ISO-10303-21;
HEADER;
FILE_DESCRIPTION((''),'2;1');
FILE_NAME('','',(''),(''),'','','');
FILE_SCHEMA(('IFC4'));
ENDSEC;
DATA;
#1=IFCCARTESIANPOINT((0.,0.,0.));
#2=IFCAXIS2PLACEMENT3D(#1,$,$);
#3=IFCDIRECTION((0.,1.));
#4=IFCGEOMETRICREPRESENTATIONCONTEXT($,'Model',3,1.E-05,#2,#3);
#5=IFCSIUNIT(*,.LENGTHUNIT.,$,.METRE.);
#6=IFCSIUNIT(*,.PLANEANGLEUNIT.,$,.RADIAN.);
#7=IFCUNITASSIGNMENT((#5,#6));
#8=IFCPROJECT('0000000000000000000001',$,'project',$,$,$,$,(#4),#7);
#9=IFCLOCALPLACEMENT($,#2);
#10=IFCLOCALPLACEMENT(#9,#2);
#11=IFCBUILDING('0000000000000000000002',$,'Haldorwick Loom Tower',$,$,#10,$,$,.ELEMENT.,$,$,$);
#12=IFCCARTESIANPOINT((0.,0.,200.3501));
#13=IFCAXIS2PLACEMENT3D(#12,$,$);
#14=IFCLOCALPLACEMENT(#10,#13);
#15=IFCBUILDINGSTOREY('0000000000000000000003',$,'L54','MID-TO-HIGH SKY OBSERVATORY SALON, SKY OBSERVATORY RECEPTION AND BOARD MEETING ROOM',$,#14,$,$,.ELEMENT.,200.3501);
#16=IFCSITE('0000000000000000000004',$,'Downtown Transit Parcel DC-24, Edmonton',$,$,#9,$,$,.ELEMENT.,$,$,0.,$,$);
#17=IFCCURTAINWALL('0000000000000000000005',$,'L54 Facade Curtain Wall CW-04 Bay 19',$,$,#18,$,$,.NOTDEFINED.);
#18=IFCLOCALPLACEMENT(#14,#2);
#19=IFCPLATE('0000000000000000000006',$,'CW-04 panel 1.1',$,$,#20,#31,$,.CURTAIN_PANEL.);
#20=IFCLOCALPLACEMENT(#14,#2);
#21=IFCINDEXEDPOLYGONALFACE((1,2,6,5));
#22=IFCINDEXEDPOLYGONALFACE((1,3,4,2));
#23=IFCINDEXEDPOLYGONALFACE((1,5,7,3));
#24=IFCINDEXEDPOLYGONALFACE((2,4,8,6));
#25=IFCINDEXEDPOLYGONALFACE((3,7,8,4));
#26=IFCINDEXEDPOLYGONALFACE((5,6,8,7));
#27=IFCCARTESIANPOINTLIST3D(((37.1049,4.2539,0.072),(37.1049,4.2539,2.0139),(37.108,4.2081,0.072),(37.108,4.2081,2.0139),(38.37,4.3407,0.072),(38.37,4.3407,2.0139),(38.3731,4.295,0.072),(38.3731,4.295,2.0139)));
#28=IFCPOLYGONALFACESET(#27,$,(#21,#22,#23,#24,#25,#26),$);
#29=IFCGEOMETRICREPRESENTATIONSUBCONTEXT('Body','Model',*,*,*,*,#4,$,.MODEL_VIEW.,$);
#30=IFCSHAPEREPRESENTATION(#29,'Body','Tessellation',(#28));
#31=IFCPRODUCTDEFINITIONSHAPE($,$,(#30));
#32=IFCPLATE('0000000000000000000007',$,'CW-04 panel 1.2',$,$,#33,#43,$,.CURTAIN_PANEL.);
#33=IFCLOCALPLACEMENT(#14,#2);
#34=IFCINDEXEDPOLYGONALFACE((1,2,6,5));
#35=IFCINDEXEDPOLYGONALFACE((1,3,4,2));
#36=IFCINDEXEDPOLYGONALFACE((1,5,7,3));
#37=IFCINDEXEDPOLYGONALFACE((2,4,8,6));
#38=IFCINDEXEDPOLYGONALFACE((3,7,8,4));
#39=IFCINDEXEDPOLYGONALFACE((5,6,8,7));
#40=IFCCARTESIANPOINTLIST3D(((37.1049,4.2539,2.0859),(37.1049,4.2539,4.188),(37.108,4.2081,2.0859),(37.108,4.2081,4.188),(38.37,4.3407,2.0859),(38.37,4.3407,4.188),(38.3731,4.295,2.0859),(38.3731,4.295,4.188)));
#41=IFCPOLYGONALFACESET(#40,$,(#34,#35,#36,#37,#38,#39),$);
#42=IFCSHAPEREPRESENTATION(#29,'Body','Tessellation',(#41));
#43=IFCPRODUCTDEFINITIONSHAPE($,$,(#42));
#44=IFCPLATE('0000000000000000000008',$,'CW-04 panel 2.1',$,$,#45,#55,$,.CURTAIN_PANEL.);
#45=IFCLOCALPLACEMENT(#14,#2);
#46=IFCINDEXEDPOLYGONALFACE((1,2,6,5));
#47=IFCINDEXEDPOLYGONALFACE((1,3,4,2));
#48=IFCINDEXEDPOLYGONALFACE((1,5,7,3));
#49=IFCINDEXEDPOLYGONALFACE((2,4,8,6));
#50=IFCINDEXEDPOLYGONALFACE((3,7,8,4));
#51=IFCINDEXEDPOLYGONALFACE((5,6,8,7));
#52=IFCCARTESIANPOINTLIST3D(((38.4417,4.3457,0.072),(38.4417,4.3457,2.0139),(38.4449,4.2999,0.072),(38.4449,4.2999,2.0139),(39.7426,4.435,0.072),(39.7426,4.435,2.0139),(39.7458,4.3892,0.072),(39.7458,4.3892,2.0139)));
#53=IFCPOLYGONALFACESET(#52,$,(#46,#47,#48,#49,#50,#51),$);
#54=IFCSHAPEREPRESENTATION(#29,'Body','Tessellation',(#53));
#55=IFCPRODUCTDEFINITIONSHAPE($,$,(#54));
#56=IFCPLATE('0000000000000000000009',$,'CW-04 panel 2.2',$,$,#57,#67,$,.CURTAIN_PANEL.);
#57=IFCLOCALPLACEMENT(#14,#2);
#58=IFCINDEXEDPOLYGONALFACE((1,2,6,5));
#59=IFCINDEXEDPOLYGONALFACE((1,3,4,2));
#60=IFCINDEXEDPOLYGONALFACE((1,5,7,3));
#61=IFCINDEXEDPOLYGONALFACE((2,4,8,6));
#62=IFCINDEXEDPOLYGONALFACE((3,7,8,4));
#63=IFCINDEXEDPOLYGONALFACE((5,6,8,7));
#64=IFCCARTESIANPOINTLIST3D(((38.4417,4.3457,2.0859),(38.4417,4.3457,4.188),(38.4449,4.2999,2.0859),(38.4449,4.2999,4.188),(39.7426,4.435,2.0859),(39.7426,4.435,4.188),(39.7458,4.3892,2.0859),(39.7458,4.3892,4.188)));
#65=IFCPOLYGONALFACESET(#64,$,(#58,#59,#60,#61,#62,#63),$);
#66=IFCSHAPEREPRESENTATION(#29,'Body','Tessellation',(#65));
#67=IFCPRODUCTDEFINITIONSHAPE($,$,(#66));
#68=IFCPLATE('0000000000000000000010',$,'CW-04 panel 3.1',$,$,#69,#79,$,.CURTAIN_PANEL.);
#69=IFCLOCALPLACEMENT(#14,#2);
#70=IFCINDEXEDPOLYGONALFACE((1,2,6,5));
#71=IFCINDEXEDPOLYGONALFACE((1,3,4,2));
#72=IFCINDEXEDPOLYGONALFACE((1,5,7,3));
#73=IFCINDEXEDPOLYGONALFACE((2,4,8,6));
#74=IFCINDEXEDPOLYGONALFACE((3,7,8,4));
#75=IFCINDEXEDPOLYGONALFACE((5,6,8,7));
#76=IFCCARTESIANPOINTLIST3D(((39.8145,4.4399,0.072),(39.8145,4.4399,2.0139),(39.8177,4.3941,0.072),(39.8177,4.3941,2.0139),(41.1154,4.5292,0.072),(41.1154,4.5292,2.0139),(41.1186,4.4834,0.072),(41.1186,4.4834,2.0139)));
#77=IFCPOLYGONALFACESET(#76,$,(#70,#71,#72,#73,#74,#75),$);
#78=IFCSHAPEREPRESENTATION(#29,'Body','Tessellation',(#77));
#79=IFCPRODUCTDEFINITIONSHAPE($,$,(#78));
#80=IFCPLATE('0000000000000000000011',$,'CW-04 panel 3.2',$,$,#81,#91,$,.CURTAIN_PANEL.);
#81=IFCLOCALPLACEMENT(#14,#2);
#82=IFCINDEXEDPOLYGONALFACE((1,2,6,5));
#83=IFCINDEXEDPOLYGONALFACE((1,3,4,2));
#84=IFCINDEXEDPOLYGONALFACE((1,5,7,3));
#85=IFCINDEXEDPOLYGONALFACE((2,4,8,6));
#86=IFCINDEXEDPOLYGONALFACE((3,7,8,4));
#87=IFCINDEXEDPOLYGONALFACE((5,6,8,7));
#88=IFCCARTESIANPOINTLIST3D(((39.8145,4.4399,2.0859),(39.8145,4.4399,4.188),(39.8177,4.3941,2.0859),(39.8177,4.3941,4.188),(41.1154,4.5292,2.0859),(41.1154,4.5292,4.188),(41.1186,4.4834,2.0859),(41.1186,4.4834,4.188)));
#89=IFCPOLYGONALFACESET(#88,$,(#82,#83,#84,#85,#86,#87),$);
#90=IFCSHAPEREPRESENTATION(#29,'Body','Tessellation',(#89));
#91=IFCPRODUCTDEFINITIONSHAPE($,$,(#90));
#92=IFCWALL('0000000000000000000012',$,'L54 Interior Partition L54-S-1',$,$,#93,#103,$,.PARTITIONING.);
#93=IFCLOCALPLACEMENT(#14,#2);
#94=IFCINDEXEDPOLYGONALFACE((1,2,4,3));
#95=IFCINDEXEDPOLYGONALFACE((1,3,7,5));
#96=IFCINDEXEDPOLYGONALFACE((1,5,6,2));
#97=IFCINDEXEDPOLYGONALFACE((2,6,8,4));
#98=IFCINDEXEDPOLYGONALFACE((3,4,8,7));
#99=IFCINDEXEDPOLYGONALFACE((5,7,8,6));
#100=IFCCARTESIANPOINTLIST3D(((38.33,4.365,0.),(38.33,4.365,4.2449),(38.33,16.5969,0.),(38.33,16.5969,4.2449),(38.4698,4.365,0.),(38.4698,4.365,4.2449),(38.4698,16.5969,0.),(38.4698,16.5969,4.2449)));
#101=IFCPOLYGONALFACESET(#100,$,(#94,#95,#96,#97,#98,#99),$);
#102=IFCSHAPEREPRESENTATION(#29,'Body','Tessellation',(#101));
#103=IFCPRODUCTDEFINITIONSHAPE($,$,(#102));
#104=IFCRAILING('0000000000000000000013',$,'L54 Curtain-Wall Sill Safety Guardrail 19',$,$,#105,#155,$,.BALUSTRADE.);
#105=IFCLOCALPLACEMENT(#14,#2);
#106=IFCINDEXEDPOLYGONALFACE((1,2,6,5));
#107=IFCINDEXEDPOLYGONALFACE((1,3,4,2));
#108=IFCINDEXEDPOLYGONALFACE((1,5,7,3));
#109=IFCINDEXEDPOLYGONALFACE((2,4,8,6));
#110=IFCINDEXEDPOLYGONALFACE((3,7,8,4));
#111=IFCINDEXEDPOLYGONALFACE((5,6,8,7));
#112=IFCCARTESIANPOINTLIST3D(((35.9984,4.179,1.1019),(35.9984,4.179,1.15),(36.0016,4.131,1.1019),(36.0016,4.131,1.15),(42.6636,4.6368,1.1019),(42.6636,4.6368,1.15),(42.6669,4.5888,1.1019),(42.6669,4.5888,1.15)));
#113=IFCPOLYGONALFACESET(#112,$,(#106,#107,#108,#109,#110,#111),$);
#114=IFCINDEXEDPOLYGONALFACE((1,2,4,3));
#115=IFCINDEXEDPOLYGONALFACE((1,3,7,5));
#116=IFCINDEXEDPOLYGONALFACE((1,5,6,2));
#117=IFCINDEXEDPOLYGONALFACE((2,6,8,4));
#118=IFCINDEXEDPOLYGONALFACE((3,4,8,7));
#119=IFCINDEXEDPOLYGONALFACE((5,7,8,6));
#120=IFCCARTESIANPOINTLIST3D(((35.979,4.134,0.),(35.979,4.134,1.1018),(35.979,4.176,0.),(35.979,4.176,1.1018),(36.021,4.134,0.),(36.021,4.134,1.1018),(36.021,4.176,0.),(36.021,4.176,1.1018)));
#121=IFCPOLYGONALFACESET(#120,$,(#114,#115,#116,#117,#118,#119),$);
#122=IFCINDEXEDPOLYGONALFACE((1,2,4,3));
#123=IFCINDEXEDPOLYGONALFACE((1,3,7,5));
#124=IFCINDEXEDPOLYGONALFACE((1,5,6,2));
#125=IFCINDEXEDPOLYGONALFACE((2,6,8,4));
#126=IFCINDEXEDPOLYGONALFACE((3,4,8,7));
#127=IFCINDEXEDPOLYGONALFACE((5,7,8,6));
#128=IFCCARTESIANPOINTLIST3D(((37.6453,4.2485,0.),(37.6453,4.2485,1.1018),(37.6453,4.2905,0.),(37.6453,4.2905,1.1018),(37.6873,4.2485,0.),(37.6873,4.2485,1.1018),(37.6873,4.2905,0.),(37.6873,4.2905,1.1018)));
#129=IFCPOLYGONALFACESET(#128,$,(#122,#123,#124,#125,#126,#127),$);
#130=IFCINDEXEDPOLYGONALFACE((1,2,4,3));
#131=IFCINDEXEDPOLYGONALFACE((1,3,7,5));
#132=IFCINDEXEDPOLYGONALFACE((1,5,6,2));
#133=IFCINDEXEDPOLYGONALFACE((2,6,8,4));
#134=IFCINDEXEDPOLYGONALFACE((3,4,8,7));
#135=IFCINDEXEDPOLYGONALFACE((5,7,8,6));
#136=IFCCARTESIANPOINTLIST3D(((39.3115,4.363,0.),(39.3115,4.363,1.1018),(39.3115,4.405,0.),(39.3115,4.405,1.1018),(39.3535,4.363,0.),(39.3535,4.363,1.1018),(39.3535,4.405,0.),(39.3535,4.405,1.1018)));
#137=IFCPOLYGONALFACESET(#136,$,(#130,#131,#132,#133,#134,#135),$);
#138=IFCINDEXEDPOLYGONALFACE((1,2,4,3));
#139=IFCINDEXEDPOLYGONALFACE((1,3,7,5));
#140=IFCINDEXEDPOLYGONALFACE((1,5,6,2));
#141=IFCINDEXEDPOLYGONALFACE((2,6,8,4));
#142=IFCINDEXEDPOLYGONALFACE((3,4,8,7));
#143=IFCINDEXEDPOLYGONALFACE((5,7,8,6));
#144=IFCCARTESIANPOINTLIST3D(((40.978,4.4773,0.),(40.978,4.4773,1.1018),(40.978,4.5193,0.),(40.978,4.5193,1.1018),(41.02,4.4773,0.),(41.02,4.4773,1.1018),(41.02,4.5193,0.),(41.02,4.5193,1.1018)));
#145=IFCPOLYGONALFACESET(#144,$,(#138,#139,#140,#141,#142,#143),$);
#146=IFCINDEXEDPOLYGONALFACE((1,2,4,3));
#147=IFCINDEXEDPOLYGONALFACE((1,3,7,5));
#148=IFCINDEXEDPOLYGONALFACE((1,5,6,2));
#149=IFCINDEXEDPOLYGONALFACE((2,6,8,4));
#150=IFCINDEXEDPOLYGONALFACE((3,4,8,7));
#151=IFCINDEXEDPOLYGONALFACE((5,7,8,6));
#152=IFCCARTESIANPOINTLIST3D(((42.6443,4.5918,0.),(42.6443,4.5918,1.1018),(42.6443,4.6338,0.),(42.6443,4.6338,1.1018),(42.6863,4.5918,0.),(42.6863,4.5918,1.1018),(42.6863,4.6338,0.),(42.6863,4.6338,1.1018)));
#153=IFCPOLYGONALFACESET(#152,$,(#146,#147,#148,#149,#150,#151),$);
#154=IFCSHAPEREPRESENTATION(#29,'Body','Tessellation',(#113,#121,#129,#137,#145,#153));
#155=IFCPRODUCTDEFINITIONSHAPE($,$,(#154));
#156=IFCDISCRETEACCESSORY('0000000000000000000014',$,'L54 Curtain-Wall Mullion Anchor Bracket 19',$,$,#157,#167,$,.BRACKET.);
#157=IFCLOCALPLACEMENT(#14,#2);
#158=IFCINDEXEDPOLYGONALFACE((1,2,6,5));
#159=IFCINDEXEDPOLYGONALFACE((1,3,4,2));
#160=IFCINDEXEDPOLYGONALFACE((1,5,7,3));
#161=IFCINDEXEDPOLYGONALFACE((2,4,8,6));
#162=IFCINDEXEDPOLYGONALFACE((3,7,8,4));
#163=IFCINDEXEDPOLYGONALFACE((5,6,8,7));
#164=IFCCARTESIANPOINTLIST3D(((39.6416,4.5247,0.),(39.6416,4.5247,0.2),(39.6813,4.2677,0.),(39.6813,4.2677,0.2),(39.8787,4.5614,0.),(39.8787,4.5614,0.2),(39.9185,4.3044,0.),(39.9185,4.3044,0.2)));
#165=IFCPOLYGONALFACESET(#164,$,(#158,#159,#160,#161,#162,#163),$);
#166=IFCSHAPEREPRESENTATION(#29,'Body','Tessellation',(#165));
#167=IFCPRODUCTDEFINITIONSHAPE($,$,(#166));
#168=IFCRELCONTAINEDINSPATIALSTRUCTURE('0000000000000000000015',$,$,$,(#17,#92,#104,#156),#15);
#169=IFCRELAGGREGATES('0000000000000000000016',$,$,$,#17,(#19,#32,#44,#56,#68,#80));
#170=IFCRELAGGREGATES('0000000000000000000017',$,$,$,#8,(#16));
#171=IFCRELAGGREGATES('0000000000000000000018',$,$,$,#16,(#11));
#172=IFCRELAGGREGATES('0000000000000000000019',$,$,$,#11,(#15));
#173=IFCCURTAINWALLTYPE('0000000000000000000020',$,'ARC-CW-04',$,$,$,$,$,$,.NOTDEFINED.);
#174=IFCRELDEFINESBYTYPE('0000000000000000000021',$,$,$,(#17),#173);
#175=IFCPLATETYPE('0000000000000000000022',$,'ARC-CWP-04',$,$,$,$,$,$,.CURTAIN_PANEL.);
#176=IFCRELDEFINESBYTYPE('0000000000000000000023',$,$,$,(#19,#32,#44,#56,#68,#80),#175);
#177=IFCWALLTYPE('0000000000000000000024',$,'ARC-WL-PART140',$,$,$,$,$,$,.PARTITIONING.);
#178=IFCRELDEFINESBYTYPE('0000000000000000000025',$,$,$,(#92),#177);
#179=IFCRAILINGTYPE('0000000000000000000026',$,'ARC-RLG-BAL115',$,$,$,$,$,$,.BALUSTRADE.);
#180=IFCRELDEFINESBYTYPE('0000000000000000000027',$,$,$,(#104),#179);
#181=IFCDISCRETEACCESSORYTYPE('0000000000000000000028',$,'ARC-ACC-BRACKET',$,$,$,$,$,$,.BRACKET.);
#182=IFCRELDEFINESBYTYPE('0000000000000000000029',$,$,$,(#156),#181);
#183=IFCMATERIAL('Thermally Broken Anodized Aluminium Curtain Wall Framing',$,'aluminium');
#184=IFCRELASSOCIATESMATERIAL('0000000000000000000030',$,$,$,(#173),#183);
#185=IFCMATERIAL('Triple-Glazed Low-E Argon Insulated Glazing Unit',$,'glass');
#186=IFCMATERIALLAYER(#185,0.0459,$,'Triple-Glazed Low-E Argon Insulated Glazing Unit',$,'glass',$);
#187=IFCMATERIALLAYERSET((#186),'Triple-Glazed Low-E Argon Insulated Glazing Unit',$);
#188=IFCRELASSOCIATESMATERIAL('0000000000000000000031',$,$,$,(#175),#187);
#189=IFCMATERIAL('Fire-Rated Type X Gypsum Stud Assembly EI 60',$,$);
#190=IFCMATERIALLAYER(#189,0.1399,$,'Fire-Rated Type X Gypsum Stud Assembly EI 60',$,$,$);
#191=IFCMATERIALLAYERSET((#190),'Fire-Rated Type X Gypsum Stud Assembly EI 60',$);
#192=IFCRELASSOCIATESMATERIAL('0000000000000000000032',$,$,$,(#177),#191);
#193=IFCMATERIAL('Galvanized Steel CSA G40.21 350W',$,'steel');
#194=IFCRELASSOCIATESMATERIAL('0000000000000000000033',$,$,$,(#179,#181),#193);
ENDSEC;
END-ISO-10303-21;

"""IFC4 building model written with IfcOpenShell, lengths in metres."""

from ifc_helpers import new_model, si_unit, direction, frame, frame_2d, origin, origin_2d, place, context, subcontext, project, spatial, rectangle, extrude, material, layer, layer_set, type_object, element, aggregate, save


model = new_model("IFC4")

# Units and contexts
model_context = context("Model", 3, precision=1e-05, world=origin(), true_north=direction((0.0, 1.0)))
body_context = subcontext(model_context, "Body", "Model", "MODEL_VIEW")
ifc_project = project(units=[si_unit("LENGTHUNIT", "METRE"), si_unit("PLANEANGLEUNIT", "RADIAN")], contexts=[model_context])

# Site, building, storey
site_placement = place(None, origin())
site = spatial("IfcSite", under=ifc_project, at=site_placement, Name="Downtown Transit Parcel DC-24, Edmonton", CompositionType="ELEMENT", RefElevation=0.0)
building_placement = place(site_placement, origin())
building = spatial("IfcBuilding", under=site, at=building_placement, Name="Haldorwick Loom Tower", CompositionType="ELEMENT")
storey_placement = place(building_placement, frame((0.0, 0.0, 200.3501)))
storey = spatial("IfcBuildingStorey", under=building, at=storey_placement, Name="L54", Description="MID-TO-HIGH SKY OBSERVATORY SALON, SKY OBSERVATORY RECEPTION AND BOARD MEETING ROOM", CompositionType="ELEMENT", Elevation=200.3501)

# Shared definitions
ifc_material_1 = material(Name="Thermally Broken Anodized Aluminium Curtain Wall Framing", Category="aluminium")

# Curtain wall
curtain_wall_type_1 = type_object("IfcCurtainWallType", Name="ARC-CW-04", PredefinedType="NOTDEFINED", material=ifc_material_1)
curtain_wall_1_placement = place(storey_placement, origin())
curtain_wall_1 = element("IfcCurtainWall", 1, at=curtain_wall_1_placement, inside=storey, type_object=curtain_wall_type_1, Name="L54 Facade Curtain Wall CW-04 Bay 19", PredefinedType="NOTDEFINED")

# Plates
ifc_material_2 = material(Name="Triple-Glazed Low-E Argon Insulated Glazing Unit", Category="glass")
ifc_layer_1 = layer(ifc_material_2, 0.0459, Name="Triple-Glazed Low-E Argon Insulated Glazing Unit", Category="glass")
ifc_layer_set_1 = layer_set([ifc_layer_1], Name="Triple-Glazed Low-E Argon Insulated Glazing Unit")
plate_type_1 = type_object("IfcPlateType", Name="ARC-CWP-04", PredefinedType="CURTAIN_PANEL", material=ifc_layer_set_1)
plate_1_placement = place(storey_placement, frame((37.739, 4.2744, 0.072), z_axis=(0.0, 0.0, 1.0), x_axis=(0.99765, 0.068513, 0.0)))
plate_1 = element("IfcPlate", 2, at=plate_1_placement, type_object=plate_type_1, Name="CW-04 panel 1.1", PredefinedType="CURTAIN_PANEL", context=body_context, shape_type="SweptSolid", body=[
    extrude(rectangle(XDim=1.2681, YDim=0.0459, at=origin_2d()), origin(), (0.0, 0.0, 1.0), 1.9419),
])
plate_2_placement = place(storey_placement, frame((37.739, 4.2744, 2.0859), z_axis=(0.0, 0.0, 1.0), x_axis=(0.99765, 0.068513, 0.0)))
plate_2 = element("IfcPlate", 3, at=plate_2_placement, type_object=plate_type_1, Name="CW-04 panel 1.2", PredefinedType="CURTAIN_PANEL", context=body_context, shape_type="SweptSolid", body=[
    extrude(rectangle(XDim=1.2681, YDim=0.0459, at=origin_2d()), origin(), (0.0, 0.0, 1.0), 2.1021),
])
plate_3_placement = place(storey_placement, frame((39.0938, 4.3674, 0.072), z_axis=(0.0, 0.0, 1.0), x_axis=(0.99765, 0.068513, 0.0)))
plate_3 = element("IfcPlate", 4, at=plate_3_placement, type_object=plate_type_1, Name="CW-04 panel 2.1", PredefinedType="CURTAIN_PANEL", context=body_context, shape_type="SweptSolid", body=[
    extrude(rectangle(XDim=1.304, YDim=0.0459, at=origin_2d()), origin(), (0.0, 0.0, 1.0), 1.9419),
])
plate_4_placement = place(storey_placement, frame((39.0938, 4.3674, 2.0859), z_axis=(0.0, 0.0, 1.0), x_axis=(0.99765, 0.068513, 0.0)))
plate_4 = element("IfcPlate", 5, at=plate_4_placement, type_object=plate_type_1, Name="CW-04 panel 2.2", PredefinedType="CURTAIN_PANEL", context=body_context, shape_type="SweptSolid", body=[
    extrude(rectangle(XDim=1.304, YDim=0.0459, at=origin_2d()), origin(), (0.0, 0.0, 1.0), 2.1021),
])
plate_5_placement = place(storey_placement, frame((40.4666, 4.4617, 0.072), z_axis=(0.0, 0.0, 1.0), x_axis=(0.99765, 0.068513, 0.0)))
plate_5 = element("IfcPlate", 6, at=plate_5_placement, type_object=plate_type_1, Name="CW-04 panel 3.1", PredefinedType="CURTAIN_PANEL", context=body_context, shape_type="SweptSolid", body=[
    extrude(rectangle(XDim=1.304, YDim=0.0459, at=origin_2d()), origin(), (0.0, 0.0, 1.0), 1.9419),
])
plate_6_placement = place(storey_placement, frame((40.4666, 4.4617, 2.0859), z_axis=(0.0, 0.0, 1.0), x_axis=(0.99765, 0.068513, 0.0)))
plate_6 = element("IfcPlate", 7, at=plate_6_placement, type_object=plate_type_1, Name="CW-04 panel 3.2", PredefinedType="CURTAIN_PANEL", context=body_context, shape_type="SweptSolid", body=[
    extrude(rectangle(XDim=1.304, YDim=0.0459, at=origin_2d()), origin(), (0.0, 0.0, 1.0), 2.1021),
])
aggregate(curtain_wall_1, [plate_1, plate_2, plate_3, plate_4, plate_5, plate_6])

# Wall
ifc_material_3 = material(Name="Fire-Rated Type X Gypsum Stud Assembly EI 60")
ifc_layer_2 = layer(ifc_material_3, 0.1399, Name="Fire-Rated Type X Gypsum Stud Assembly EI 60")
ifc_layer_set_2 = layer_set([ifc_layer_2], Name="Fire-Rated Type X Gypsum Stud Assembly EI 60")
wall_type = type_object("IfcWallType", Name="ARC-WL-PART140", PredefinedType="PARTITIONING", material=ifc_layer_set_2)
wall_placement = place(storey_placement, frame((38.3999, 4.365, 0.0), z_axis=(0.0, 0.0, 1.0), x_axis=(0.0, 1.0, 0.0)))
element("IfcWall", 8, at=wall_placement, inside=storey, type_object=wall_type, Name="L54 Interior Partition L54-S-1", PredefinedType="PARTITIONING", context=body_context, shape_type="SweptSolid", body=[
    extrude(rectangle(XDim=12.2319, YDim=0.1399, at=frame_2d((6.116, 0.0))), origin(), (0.0, 0.0, 1.0), 4.2449),
])

# Railing
ifc_material_4 = material(Name="Galvanized Steel CSA G40.21 350W", Category="steel")
railing_type = type_object("IfcRailingType", Name="ARC-RLG-BAL115", PredefinedType="BALUSTRADE", material=ifc_material_4)
railing_placement = place(storey_placement, frame((36.0, 4.155, 0.0)))
element("IfcRailing", 9, at=railing_placement, inside=storey, type_object=railing_type, Name="L54 Curtain-Wall Sill Safety Guardrail 19", PredefinedType="BALUSTRADE", context=body_context, shape_type="SweptSolid", body=[
    extrude(rectangle(XDim=0.0481, YDim=0.0481, at=origin_2d()), frame((0.0, 0.0, 1.126), z_axis=(0.99765, 0.068517, 0.0), x_axis=(-0.068517, 0.99765, 0.0)), (0.0, 0.0, 1.0), 6.6809),
    extrude(rectangle(XDim=0.042, YDim=0.042, at=origin_2d()), origin(), (0.0, 0.0, 1.0), 1.1018),
    extrude(rectangle(XDim=0.042, YDim=0.042, at=origin_2d()), frame((1.6663, 0.1145, 0.0)), (0.0, 0.0, 1.0), 1.1018),
    extrude(rectangle(XDim=0.042, YDim=0.042, at=origin_2d()), frame((3.3325, 0.229, 0.0)), (0.0, 0.0, 1.0), 1.1018),
    extrude(rectangle(XDim=0.042, YDim=0.042, at=origin_2d()), frame((4.999, 0.3433, 0.0)), (0.0, 0.0, 1.0), 1.1018),
    extrude(rectangle(XDim=0.042, YDim=0.042, at=origin_2d()), frame((6.6653, 0.4578, 0.0)), (0.0, 0.0, 1.0), 1.1018),
])

# Discrete accessory
discrete_accessory_type = type_object("IfcDiscreteAccessoryType", Name="ARC-ACC-BRACKET", PredefinedType="BRACKET", material=ifc_material_4)
discrete_accessory_placement = place(storey_placement, frame((39.78, 4.4146, 0.0), z_axis=(0.0, 0.0, 1.0), x_axis=(0.152986, -0.988228, 0.0)))
element("IfcDiscreteAccessory", 10, at=discrete_accessory_placement, inside=storey, type_object=discrete_accessory_type, Name="L54 Curtain-Wall Mullion Anchor Bracket 19", PredefinedType="BRACKET", context=body_context, shape_type="SweptSolid", body=[
    extrude(rectangle(XDim=0.26, YDim=0.24, at=origin_2d()), origin(), (0.0, 0.0, 1.0), 0.2),
])

save(model, "model.ifc")
